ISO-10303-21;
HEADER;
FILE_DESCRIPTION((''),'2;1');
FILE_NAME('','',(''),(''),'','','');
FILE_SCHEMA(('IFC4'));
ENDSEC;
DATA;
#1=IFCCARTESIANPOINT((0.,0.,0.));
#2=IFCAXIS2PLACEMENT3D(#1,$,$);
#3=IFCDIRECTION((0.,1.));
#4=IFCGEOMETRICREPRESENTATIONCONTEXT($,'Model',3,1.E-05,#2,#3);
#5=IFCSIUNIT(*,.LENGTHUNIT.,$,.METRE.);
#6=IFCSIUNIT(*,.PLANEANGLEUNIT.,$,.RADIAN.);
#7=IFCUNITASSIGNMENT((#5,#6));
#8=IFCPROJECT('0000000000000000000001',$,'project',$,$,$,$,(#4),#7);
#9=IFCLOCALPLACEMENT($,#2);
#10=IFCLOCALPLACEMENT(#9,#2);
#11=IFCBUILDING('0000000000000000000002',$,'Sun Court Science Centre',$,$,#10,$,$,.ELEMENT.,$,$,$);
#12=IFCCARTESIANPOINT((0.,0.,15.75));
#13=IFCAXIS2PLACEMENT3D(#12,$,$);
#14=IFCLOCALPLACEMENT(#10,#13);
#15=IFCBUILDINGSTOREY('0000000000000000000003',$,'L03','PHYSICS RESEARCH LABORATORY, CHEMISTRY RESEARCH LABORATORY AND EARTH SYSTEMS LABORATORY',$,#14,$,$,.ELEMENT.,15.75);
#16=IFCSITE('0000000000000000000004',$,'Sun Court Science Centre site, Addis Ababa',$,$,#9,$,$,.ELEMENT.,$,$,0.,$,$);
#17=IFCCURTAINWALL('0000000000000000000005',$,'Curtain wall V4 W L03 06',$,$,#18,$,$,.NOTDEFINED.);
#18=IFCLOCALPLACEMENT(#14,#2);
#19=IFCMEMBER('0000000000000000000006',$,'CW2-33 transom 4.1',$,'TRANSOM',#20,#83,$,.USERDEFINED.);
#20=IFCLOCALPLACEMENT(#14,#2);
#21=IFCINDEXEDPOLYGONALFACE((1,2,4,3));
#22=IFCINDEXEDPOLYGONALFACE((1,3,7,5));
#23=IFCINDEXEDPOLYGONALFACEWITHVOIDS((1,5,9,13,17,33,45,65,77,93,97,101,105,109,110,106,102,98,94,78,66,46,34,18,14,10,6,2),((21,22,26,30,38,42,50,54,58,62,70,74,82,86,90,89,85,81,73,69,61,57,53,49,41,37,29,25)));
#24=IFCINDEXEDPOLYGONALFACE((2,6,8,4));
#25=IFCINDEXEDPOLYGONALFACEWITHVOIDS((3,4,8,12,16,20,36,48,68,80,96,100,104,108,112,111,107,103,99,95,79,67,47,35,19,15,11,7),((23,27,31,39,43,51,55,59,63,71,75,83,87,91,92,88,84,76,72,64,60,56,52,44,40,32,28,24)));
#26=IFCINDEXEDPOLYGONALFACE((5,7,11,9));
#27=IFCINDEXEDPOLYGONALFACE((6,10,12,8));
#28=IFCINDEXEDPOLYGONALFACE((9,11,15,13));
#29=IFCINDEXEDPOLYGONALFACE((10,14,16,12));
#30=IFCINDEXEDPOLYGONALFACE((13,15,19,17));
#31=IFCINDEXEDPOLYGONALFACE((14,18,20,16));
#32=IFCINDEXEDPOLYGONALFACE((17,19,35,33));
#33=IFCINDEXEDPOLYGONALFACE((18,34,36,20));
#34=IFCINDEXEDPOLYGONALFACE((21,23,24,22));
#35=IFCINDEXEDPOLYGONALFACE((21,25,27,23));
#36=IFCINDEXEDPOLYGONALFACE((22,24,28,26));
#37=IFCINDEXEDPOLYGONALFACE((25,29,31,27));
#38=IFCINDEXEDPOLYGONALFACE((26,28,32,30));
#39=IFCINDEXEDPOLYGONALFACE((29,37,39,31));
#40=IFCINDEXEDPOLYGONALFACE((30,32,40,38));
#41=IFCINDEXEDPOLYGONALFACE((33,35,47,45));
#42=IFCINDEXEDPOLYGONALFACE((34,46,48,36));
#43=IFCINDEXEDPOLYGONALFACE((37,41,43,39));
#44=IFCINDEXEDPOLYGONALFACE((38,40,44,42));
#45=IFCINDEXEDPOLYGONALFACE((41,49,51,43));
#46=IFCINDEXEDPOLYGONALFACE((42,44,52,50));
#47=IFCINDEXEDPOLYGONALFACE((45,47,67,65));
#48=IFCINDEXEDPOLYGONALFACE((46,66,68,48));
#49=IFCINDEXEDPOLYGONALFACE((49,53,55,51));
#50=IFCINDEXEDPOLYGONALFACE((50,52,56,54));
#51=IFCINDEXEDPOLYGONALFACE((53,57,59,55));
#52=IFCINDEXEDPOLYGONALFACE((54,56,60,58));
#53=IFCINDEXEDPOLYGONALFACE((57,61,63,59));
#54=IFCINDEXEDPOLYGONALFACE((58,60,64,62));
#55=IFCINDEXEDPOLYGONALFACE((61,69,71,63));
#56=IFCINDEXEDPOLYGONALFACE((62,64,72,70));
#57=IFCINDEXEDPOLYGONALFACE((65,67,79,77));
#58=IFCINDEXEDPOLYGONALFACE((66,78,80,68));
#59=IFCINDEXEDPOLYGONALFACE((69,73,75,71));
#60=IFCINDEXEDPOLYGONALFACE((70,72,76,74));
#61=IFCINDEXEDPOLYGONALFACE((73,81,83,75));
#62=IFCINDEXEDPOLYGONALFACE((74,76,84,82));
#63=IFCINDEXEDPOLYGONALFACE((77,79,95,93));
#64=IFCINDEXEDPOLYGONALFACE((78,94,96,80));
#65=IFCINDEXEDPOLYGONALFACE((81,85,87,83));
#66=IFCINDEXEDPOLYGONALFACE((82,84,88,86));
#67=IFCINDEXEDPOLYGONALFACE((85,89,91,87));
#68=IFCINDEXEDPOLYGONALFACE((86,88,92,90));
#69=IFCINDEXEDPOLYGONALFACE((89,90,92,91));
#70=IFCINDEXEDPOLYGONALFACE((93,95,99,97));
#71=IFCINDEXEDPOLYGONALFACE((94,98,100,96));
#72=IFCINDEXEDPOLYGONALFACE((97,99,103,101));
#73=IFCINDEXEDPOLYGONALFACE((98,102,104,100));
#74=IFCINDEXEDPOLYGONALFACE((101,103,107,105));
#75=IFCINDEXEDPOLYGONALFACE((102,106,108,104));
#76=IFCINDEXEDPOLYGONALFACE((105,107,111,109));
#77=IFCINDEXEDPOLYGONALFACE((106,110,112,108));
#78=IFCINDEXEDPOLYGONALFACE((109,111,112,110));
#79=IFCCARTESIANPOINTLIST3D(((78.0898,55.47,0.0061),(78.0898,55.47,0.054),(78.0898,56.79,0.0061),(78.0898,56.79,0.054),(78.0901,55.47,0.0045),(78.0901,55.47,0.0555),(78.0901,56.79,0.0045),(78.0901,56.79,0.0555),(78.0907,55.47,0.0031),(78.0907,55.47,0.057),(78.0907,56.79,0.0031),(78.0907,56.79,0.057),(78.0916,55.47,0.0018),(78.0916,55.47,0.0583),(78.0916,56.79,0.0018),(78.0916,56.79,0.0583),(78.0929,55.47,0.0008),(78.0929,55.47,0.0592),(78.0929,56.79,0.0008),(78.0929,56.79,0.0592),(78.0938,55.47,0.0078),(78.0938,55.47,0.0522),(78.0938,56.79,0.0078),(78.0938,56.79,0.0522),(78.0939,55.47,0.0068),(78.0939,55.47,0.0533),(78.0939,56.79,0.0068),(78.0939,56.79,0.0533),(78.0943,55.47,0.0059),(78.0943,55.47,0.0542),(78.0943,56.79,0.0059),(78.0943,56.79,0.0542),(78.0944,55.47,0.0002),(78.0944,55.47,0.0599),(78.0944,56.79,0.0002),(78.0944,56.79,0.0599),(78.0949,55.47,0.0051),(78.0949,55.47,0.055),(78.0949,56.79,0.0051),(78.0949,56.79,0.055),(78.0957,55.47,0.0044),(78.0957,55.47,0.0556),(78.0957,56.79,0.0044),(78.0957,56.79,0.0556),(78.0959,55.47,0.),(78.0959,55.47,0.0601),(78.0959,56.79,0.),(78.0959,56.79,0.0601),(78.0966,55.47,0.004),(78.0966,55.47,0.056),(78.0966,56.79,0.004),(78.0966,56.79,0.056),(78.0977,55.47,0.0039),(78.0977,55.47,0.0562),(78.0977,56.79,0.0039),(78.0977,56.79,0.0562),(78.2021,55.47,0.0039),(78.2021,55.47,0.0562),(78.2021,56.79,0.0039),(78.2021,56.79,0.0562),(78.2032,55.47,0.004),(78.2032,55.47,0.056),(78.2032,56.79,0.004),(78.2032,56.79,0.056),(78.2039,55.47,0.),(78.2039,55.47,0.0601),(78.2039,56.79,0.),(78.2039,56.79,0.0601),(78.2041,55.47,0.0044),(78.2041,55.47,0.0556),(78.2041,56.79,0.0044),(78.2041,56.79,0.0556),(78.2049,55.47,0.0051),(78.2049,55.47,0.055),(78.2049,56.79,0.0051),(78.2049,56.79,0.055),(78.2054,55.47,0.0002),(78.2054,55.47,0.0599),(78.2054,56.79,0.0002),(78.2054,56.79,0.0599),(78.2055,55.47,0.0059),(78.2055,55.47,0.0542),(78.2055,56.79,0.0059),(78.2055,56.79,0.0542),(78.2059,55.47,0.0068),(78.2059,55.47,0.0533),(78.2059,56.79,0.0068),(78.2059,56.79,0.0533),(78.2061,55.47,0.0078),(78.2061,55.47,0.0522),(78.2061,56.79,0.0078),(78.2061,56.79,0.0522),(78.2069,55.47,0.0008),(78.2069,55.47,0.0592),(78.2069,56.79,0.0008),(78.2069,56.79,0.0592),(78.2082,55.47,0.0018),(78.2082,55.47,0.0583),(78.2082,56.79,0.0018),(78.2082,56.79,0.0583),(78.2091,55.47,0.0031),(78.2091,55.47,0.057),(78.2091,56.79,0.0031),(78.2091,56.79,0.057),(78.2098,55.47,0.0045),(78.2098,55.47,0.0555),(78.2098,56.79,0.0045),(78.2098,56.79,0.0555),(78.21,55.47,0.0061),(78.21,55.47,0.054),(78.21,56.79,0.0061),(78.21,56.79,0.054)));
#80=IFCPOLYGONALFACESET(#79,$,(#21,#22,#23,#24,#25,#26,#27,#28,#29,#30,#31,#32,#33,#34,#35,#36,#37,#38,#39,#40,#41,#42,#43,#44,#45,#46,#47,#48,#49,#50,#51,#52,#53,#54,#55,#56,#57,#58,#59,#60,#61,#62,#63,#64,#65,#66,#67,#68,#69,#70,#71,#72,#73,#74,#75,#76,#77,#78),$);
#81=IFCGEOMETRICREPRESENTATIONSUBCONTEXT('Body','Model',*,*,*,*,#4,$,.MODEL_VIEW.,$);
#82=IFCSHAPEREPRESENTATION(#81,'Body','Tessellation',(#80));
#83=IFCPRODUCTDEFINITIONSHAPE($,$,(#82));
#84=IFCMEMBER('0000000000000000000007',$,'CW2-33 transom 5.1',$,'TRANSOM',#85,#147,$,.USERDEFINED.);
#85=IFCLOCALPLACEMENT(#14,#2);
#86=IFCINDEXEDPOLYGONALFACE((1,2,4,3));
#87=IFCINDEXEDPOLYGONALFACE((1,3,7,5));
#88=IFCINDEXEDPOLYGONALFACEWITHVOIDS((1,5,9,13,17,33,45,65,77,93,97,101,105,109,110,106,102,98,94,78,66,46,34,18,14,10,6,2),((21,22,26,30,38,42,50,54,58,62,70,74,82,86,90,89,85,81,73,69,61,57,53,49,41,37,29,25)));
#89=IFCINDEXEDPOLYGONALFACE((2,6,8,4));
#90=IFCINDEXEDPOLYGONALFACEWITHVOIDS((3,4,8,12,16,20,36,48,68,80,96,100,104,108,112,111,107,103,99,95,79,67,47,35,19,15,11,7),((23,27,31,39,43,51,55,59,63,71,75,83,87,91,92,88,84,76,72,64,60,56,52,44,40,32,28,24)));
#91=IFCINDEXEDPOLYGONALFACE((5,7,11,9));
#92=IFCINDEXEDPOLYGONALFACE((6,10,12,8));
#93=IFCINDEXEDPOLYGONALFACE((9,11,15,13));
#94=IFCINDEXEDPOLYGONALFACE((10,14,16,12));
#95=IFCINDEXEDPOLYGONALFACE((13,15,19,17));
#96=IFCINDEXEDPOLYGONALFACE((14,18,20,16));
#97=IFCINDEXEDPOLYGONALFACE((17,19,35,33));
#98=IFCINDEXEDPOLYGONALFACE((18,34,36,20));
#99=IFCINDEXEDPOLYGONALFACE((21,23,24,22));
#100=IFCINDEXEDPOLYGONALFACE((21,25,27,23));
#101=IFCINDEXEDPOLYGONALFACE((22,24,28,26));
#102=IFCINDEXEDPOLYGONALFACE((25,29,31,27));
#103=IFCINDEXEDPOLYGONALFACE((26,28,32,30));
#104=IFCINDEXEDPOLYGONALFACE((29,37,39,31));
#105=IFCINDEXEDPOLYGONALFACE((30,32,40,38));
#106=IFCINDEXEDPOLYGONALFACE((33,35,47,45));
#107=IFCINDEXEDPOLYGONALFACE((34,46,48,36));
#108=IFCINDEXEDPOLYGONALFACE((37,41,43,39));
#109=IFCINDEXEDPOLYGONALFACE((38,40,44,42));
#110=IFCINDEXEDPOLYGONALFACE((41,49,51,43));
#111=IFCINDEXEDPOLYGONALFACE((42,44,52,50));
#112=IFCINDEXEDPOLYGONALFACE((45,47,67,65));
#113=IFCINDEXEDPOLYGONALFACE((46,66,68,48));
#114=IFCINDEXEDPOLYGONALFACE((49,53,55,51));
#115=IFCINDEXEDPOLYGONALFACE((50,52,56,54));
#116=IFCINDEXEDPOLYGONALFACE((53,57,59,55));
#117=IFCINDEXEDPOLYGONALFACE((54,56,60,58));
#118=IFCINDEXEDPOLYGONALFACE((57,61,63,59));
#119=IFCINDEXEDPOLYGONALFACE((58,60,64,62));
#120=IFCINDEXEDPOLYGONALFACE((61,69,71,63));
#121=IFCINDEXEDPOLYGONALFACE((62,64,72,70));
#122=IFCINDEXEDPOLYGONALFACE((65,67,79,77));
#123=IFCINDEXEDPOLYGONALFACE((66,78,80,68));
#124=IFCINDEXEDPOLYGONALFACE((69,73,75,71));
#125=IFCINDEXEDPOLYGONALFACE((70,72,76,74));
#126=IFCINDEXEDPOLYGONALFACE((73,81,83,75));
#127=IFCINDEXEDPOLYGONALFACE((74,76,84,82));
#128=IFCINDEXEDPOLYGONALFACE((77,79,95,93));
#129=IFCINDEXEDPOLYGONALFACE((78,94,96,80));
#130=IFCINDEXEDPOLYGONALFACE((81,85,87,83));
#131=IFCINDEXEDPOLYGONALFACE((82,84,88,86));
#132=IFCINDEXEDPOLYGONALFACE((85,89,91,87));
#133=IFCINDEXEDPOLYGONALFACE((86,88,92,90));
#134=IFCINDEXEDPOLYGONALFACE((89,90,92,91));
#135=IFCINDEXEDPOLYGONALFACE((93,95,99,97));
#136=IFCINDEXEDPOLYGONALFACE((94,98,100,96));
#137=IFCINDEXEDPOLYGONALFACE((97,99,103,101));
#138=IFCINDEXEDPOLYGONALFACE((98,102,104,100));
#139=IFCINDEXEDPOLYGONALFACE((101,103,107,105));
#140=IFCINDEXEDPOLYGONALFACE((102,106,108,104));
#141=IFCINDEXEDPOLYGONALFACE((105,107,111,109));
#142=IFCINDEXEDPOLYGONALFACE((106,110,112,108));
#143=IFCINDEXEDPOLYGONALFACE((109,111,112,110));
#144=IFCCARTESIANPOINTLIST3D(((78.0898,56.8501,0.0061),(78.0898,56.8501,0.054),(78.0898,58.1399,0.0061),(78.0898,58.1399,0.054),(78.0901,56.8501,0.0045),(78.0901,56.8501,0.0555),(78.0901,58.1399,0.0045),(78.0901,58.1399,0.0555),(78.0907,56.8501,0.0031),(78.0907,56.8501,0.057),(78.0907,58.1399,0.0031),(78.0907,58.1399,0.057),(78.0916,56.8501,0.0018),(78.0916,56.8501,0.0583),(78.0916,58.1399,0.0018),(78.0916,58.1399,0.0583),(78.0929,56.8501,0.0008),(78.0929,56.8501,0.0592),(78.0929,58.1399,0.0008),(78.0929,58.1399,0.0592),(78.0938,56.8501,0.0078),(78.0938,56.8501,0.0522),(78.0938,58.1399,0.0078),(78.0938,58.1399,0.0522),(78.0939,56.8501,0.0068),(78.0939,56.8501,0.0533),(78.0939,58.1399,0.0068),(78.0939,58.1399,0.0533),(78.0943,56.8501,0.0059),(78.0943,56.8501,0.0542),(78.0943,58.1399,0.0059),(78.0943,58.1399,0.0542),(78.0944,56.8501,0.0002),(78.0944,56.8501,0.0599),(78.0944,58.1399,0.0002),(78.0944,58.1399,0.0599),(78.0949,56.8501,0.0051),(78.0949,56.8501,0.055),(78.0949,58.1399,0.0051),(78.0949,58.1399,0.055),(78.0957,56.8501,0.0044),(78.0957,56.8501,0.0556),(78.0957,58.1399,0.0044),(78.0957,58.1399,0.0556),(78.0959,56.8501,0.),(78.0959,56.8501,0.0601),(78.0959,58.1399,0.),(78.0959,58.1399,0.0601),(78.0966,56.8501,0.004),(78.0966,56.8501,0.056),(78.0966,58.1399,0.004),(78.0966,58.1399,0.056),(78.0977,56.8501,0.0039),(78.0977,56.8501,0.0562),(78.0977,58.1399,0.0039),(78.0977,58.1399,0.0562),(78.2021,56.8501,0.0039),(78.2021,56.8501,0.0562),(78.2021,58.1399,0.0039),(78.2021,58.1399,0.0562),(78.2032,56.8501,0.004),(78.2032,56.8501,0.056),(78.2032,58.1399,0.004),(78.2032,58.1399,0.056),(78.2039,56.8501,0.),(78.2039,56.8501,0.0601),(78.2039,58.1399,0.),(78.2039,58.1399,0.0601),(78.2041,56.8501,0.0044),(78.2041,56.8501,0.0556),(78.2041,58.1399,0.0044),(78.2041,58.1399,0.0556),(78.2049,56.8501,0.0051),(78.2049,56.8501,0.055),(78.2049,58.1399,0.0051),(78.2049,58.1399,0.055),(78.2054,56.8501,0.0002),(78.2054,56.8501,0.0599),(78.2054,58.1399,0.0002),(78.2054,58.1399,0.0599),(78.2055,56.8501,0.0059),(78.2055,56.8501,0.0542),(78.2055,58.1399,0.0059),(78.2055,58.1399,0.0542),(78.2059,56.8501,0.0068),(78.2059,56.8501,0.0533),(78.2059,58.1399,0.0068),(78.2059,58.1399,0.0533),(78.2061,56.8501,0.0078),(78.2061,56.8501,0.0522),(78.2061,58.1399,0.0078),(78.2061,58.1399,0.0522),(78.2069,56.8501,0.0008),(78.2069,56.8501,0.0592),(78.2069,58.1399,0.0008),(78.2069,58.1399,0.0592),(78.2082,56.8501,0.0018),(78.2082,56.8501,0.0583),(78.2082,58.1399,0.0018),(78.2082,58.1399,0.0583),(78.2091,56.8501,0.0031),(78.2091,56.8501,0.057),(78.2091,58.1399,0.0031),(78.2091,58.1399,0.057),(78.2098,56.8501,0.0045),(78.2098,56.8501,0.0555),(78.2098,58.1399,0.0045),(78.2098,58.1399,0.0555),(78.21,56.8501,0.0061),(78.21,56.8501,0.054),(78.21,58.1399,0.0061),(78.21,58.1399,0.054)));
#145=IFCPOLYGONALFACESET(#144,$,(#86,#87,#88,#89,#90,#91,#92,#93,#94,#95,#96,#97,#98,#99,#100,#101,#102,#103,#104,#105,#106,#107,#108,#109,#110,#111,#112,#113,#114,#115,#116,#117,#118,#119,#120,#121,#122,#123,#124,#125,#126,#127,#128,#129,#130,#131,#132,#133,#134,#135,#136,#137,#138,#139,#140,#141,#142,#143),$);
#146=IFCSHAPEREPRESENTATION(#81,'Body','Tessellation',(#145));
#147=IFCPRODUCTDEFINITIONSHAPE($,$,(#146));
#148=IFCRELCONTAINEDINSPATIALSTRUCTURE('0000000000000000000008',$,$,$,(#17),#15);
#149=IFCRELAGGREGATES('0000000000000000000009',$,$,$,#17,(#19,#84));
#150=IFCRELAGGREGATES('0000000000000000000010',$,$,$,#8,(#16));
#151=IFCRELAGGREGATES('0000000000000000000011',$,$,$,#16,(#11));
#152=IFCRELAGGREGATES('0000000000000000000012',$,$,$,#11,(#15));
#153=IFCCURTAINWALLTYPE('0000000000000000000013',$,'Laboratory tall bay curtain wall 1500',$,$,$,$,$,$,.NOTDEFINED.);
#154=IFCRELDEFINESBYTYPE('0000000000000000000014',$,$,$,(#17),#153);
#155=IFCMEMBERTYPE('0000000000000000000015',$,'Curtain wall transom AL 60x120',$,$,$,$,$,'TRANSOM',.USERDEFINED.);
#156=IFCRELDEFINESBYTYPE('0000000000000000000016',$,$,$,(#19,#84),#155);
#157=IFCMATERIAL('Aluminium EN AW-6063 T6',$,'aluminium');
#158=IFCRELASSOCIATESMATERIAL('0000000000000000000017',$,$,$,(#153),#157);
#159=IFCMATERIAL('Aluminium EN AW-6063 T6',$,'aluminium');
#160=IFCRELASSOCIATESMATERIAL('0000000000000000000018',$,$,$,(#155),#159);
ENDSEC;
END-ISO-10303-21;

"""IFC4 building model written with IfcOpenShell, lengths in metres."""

from ifc_helpers import new_model, si_unit, direction, frame, origin, origin_2d, place, context, subcontext, project, spatial, hollow_rectangle, extrude, material, material_profile, profile_set, type_object, element, aggregate, save


model = new_model("IFC4")

# Units and contexts
model_context = context("Model", 3, precision=1e-05, world=origin(), true_north=direction((0.0, 1.0)))
body_context = subcontext(model_context, "Body", "Model", "MODEL_VIEW")
ifc_project = project(units=[si_unit("LENGTHUNIT", "METRE"), si_unit("PLANEANGLEUNIT", "RADIAN")], contexts=[model_context])

# Site, building, storey
site_placement = place(None, origin())
site = spatial("IfcSite", under=ifc_project, at=site_placement, Name="Sun Court Science Centre site, Addis Ababa", CompositionType="ELEMENT", RefElevation=0.0)
building_placement = place(site_placement, origin())
building = spatial("IfcBuilding", under=site, at=building_placement, Name="Sun Court Science Centre", CompositionType="ELEMENT")
storey_placement = place(building_placement, frame((0.0, 0.0, 15.75)))
storey = spatial("IfcBuildingStorey", under=building, at=storey_placement, Name="L03", Description="PHYSICS RESEARCH LABORATORY, CHEMISTRY RESEARCH LABORATORY AND EARTH SYSTEMS LABORATORY", CompositionType="ELEMENT", Elevation=15.75)

# Curtain wall
ifc_material_1 = material(Name="Aluminium EN AW-6063 T6", Category="aluminium")
curtain_wall_type = type_object("IfcCurtainWallType", Name="Laboratory tall bay curtain wall 1500", PredefinedType="NOTDEFINED", material=ifc_material_1)
curtain_wall_1_placement = place(storey_placement, origin())
curtain_wall_1 = element("IfcCurtainWall", 1, at=curtain_wall_1_placement, inside=storey, type_object=curtain_wall_type, Name="Curtain wall V4 W L03 06", PredefinedType="NOTDEFINED")

# Members
ifc_material_2 = material(Name="Aluminium EN AW-6063 T6", Category="aluminium")
ifc_material_profile_1 = material_profile(ifc_material_2, hollow_rectangle(XDim=0.0601, YDim=0.1201, WallThickness=0.0039, InnerFilletRadius=0.0039, OuterFilletRadius=0.0061, at=origin_2d()), Name="AL 60x120x4")
ifc_profile_set_1 = profile_set([ifc_material_profile_1], Name="Aluminium EN AW-6063 T6")
member_type_1 = type_object("IfcMemberType", Name="Curtain wall transom AL 60x120", ElementType="TRANSOM", PredefinedType="USERDEFINED", material=ifc_profile_set_1)
member_1_placement = place(storey_placement, frame((78.1499, 55.47, 0.03), z_axis=(0.0, 1.0, 0.0), x_axis=(0.0, 0.0, 1.0)))
member_1 = element("IfcMember", 2, at=member_1_placement, type_object=member_type_1, Name="CW2-33 transom 4.1", ObjectType="TRANSOM", PredefinedType="USERDEFINED", context=body_context, shape_type="SweptSolid", body=[
    extrude(hollow_rectangle(XDim=0.0601, YDim=0.1201, WallThickness=0.0039, InnerFilletRadius=0.0039, OuterFilletRadius=0.0061, at=origin_2d()), origin(), (0.0, 0.0, 1.0), 1.3201),
])
member_2_placement = place(storey_placement, frame((78.1499, 56.8501, 0.03), z_axis=(0.0, 1.0, 0.0), x_axis=(0.0, 0.0, 1.0)))
member_2 = element("IfcMember", 3, at=member_2_placement, type_object=member_type_1, Name="CW2-33 transom 5.1", ObjectType="TRANSOM", PredefinedType="USERDEFINED", context=body_context, shape_type="SweptSolid", body=[
    extrude(hollow_rectangle(XDim=0.0601, YDim=0.1201, WallThickness=0.0039, InnerFilletRadius=0.0039, OuterFilletRadius=0.0061, at=origin_2d()), origin(), (0.0, 0.0, 1.0), 1.2898),
])

aggregate(curtain_wall_1, [member_1, member_2])

save(model, "model.ifc")
